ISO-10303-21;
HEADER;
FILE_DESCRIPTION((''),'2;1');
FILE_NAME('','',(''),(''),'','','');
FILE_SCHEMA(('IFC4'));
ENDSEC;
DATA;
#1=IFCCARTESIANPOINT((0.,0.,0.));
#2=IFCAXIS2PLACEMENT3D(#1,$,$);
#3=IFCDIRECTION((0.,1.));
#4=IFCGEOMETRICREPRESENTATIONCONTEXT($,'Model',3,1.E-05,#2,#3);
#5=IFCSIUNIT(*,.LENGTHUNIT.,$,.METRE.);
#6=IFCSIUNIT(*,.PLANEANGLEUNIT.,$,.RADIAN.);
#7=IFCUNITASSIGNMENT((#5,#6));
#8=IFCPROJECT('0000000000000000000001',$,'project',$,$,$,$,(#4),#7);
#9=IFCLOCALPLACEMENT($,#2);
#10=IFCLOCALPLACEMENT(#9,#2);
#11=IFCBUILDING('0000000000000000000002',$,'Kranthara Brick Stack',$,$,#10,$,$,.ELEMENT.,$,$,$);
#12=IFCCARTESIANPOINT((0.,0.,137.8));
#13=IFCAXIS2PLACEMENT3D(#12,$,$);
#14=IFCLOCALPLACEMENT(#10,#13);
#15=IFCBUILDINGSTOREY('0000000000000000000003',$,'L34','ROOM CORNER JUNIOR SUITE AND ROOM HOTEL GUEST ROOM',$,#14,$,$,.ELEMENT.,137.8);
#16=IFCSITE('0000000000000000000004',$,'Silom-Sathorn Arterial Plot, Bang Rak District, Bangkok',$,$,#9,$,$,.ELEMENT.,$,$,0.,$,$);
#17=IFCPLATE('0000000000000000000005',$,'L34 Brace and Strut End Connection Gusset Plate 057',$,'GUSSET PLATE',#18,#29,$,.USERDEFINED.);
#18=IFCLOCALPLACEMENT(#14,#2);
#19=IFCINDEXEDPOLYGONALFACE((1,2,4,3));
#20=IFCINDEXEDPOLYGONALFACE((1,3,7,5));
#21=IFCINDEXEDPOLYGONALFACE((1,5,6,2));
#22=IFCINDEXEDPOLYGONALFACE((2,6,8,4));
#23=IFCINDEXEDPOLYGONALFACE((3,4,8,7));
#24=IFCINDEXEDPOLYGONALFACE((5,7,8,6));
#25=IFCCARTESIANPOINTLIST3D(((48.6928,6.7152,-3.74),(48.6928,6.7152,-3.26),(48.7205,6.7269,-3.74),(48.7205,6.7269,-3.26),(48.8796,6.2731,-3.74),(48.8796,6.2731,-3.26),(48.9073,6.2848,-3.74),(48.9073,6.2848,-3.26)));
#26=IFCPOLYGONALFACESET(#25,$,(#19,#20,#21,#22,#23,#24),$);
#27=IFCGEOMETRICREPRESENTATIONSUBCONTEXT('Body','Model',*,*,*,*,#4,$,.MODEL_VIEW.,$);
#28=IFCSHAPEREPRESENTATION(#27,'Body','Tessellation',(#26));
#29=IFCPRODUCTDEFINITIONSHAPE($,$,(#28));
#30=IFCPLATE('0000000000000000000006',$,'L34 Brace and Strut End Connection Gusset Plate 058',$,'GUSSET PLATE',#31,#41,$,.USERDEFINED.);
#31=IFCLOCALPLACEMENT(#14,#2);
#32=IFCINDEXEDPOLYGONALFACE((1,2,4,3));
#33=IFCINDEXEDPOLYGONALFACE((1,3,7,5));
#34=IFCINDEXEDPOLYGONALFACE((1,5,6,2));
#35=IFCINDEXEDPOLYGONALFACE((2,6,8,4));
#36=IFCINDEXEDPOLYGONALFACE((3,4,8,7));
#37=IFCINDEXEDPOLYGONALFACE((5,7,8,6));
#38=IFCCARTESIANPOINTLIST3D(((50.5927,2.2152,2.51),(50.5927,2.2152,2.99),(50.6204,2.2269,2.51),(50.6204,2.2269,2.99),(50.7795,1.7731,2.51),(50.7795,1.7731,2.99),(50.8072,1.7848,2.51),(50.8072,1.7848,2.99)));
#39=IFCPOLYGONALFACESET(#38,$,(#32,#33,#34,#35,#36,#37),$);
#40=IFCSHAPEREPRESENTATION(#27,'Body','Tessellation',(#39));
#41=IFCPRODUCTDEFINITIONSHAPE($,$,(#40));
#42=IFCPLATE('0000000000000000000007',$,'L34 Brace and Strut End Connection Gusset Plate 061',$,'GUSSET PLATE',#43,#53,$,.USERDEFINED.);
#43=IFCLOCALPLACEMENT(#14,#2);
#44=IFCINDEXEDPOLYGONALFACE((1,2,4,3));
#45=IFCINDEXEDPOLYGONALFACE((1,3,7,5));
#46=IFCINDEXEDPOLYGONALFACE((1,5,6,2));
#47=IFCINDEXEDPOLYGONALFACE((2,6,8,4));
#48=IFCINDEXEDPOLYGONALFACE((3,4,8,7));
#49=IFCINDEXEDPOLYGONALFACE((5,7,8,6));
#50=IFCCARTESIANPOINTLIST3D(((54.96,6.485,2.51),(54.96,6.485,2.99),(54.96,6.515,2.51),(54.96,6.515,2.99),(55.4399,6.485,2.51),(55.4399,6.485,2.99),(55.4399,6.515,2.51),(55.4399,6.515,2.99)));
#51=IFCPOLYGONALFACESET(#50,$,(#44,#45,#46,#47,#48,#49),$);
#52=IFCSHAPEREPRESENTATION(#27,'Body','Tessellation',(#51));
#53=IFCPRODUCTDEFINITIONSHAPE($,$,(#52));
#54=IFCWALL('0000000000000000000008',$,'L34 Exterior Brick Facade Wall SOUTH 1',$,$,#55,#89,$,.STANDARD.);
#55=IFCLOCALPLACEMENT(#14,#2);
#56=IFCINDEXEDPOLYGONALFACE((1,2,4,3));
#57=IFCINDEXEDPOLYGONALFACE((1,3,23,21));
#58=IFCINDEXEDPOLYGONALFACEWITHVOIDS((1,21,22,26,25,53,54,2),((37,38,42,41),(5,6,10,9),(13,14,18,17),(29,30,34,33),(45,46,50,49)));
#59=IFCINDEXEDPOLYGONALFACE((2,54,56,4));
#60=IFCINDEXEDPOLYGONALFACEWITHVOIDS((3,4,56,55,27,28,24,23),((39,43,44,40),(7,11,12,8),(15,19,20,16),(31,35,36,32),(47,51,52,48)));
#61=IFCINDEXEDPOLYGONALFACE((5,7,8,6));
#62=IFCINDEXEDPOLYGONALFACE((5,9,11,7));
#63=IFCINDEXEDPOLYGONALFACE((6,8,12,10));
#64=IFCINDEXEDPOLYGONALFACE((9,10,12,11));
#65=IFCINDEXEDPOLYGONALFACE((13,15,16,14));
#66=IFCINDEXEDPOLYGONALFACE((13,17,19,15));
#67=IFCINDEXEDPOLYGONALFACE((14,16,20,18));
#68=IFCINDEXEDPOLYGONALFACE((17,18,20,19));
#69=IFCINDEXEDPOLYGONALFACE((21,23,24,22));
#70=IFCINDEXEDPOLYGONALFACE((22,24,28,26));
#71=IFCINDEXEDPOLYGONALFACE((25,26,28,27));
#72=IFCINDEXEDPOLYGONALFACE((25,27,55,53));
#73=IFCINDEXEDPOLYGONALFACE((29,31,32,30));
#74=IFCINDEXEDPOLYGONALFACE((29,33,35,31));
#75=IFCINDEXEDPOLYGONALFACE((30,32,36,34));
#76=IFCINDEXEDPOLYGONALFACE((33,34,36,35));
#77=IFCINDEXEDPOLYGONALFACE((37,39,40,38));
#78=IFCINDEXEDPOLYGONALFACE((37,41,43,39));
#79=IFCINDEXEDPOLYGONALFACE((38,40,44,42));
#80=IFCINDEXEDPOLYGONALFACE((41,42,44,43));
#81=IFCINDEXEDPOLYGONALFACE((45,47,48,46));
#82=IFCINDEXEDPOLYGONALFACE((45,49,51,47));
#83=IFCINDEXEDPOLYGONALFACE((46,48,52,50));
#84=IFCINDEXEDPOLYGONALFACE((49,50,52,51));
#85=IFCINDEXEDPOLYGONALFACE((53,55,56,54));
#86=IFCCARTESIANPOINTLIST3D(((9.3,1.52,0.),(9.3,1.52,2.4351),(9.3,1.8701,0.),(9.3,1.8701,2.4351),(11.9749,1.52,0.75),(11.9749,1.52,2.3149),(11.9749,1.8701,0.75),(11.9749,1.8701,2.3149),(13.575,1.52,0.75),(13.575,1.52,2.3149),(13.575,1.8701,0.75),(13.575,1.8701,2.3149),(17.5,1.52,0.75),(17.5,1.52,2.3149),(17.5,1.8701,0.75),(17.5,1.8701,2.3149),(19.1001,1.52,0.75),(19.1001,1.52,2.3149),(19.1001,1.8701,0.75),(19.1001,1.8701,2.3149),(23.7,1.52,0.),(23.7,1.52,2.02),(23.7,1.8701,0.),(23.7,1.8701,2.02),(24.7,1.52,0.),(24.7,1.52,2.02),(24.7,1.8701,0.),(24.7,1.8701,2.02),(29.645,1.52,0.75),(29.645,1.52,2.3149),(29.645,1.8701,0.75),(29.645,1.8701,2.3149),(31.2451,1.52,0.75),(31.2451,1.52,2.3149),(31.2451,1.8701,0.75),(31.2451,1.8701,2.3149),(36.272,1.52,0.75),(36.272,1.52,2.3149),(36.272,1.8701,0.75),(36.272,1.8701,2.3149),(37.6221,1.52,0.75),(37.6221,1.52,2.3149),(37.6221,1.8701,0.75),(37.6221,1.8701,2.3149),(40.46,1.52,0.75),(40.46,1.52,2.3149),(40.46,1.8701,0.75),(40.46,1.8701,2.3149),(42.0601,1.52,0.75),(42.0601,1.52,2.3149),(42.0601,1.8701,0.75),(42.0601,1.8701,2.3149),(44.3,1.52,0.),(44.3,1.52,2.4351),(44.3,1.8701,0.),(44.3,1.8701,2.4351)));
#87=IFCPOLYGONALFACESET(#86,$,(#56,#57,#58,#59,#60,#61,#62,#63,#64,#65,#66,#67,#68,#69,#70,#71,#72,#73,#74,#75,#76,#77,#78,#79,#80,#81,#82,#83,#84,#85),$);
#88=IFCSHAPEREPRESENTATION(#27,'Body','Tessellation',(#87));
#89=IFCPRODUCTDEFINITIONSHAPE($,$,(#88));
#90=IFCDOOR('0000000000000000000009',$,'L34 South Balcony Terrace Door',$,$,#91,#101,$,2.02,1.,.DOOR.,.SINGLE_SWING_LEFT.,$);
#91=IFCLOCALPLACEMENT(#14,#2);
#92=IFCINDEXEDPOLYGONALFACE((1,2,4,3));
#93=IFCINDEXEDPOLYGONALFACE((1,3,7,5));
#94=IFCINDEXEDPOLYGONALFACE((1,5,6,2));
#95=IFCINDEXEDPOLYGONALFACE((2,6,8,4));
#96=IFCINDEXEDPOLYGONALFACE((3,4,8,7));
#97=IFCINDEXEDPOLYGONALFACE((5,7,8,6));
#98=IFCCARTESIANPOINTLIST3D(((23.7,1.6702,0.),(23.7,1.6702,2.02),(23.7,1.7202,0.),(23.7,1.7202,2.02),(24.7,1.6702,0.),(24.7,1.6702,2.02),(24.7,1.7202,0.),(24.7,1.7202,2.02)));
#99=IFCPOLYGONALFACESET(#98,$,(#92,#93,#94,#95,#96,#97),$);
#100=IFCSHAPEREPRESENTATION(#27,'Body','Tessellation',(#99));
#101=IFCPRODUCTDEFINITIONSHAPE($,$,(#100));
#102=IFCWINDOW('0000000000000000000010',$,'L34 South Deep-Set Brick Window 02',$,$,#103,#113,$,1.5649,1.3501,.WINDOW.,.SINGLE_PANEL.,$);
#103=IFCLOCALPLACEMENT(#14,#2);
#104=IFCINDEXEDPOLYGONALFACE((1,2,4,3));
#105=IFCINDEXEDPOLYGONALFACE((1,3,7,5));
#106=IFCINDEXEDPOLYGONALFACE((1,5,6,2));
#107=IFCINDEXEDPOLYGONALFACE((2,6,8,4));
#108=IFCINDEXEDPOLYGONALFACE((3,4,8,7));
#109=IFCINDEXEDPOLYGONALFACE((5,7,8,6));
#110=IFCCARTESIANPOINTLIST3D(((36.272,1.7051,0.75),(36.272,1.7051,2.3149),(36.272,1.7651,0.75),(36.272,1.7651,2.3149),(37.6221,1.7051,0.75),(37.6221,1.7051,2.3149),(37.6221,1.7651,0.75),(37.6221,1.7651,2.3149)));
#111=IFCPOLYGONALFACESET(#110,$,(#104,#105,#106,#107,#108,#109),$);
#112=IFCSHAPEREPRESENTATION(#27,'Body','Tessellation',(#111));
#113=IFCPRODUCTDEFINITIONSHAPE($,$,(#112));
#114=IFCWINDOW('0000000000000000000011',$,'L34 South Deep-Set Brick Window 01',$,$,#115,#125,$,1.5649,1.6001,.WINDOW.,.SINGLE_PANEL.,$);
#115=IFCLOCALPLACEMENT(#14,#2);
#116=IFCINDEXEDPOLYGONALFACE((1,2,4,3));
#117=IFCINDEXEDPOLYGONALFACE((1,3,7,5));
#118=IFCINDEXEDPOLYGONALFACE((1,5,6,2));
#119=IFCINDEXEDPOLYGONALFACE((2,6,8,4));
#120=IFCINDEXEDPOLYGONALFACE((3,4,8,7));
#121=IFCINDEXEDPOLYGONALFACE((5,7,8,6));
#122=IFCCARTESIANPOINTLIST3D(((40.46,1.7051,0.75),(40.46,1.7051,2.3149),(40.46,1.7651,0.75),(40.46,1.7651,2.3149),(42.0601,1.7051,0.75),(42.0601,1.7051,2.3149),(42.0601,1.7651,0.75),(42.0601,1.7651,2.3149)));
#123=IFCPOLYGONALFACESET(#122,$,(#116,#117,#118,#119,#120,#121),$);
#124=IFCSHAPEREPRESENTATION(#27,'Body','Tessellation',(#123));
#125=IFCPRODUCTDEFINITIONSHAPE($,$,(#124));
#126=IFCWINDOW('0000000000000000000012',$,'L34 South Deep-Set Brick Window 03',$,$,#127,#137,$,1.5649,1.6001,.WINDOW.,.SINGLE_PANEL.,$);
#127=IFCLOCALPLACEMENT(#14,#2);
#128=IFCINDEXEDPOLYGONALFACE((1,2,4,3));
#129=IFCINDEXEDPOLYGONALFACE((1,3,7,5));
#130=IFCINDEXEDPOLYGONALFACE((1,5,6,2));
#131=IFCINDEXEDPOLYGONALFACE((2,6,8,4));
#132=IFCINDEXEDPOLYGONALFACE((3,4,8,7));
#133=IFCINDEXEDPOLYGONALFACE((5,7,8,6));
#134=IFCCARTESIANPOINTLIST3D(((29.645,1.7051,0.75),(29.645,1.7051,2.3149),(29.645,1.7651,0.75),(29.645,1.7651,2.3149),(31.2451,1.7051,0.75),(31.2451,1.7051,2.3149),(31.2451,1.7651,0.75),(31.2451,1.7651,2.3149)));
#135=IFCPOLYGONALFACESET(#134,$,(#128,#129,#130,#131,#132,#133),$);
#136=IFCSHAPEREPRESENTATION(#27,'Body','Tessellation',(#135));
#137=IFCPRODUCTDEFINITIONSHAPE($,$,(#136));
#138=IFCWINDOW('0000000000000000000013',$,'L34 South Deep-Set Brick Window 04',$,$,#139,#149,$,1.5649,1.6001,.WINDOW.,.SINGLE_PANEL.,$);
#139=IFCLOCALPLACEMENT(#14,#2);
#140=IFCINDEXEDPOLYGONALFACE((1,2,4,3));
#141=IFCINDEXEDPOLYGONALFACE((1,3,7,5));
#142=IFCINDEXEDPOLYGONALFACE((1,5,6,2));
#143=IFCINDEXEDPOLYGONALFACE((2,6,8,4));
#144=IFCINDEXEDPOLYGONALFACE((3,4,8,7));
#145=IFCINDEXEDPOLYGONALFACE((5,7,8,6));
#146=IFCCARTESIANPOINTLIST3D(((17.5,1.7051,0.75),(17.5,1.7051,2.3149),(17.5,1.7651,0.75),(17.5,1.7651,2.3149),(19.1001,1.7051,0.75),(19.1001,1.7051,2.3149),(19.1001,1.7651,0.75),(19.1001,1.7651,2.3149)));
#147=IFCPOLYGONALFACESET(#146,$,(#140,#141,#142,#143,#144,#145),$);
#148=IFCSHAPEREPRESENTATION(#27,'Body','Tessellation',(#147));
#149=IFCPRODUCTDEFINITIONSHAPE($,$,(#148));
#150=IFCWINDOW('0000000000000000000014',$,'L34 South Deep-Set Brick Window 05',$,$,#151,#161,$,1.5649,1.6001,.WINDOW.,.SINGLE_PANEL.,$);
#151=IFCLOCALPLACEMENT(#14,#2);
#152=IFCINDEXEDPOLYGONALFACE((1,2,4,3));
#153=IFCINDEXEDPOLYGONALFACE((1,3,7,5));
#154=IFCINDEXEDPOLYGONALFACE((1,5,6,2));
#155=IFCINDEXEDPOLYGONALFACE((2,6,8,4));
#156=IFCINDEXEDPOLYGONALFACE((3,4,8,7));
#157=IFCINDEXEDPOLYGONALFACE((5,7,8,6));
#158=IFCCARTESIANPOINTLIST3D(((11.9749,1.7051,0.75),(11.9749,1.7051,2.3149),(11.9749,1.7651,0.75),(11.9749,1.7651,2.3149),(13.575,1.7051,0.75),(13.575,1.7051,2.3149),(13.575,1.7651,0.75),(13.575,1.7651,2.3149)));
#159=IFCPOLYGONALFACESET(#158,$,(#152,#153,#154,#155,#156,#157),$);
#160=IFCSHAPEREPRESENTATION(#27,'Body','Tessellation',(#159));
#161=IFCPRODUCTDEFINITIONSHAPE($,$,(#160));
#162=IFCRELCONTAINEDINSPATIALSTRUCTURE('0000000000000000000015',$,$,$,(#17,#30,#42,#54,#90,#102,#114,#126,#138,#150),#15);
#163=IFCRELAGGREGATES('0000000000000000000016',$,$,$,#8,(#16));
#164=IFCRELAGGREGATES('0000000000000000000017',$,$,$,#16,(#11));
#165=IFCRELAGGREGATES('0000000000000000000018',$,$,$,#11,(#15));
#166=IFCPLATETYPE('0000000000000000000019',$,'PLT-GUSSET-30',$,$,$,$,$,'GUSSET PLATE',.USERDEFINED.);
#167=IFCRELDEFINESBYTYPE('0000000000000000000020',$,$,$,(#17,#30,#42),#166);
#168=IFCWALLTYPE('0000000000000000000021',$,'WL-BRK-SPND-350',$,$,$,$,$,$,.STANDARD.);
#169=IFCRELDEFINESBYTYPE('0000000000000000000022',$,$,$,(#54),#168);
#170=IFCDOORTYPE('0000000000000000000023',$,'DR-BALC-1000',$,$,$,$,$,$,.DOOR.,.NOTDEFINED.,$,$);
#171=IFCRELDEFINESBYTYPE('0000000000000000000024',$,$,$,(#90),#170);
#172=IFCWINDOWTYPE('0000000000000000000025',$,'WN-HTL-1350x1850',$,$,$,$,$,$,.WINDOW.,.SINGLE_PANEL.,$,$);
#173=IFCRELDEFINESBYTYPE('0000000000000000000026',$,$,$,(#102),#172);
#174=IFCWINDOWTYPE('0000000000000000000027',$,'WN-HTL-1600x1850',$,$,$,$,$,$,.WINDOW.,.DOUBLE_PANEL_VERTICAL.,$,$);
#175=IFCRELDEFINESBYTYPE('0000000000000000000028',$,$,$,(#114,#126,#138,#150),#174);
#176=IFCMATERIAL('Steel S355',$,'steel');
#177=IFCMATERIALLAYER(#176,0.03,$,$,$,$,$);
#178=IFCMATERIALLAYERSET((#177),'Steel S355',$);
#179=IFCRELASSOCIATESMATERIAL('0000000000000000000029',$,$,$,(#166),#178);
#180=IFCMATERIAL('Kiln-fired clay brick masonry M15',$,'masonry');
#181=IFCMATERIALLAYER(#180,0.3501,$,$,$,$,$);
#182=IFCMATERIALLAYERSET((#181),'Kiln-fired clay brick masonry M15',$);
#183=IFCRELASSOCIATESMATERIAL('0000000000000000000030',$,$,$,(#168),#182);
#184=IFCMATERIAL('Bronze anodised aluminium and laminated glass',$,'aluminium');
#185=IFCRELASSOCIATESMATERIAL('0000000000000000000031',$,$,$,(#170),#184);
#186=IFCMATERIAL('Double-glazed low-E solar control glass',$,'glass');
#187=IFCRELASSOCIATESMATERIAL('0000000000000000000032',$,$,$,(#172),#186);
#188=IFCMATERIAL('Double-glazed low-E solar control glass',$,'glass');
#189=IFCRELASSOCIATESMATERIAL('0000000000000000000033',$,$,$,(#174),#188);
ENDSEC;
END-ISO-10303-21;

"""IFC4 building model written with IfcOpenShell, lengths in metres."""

from ifc_helpers import new_model, si_unit, direction, frame, frame_2d, origin, origin_2d, place, context, subcontext, project, spatial, rectangle, extrude, material, layer, layer_set, type_object, element, fill, save


model = new_model("IFC4")

# Units and contexts
model_context = context("Model", 3, precision=1e-05, world=origin(), true_north=direction((0.0, 1.0)))
body_context = subcontext(model_context, "Body", "Model", "MODEL_VIEW")
ifc_project = project(units=[si_unit("LENGTHUNIT", "METRE"), si_unit("PLANEANGLEUNIT", "RADIAN")], contexts=[model_context])

# Site, building, storey
site_placement = place(None, origin())
site = spatial("IfcSite", under=ifc_project, at=site_placement, Name="Silom-Sathorn Arterial Plot, Bang Rak District, Bangkok", CompositionType="ELEMENT", RefElevation=0.0)
building_placement = place(site_placement, origin())
building = spatial("IfcBuilding", under=site, at=building_placement, Name="Kranthara Brick Stack", CompositionType="ELEMENT")
storey_placement = place(building_placement, frame((0.0, 0.0, 137.8)))
storey = spatial("IfcBuildingStorey", under=building, at=storey_placement, Name="L34", Description="ROOM CORNER JUNIOR SUITE AND ROOM HOTEL GUEST ROOM", CompositionType="ELEMENT", Elevation=137.8)

# Plates
ifc_material_1 = material(Name="Steel S355", Category="steel")
ifc_layer_1 = layer(ifc_material_1, 0.03)
ifc_layer_set_1 = layer_set([ifc_layer_1], Name="Steel S355")
plate_type = type_object("IfcPlateType", Name="PLT-GUSSET-30", ElementType="GUSSET PLATE", PredefinedType="USERDEFINED", material=ifc_layer_set_1)
for number, where, z_axis, x_axis, name in (
    (1, (48.8, 6.5, -3.74), (0.0, 0.0, 1.0), (-0.389124, 0.921185, 0.0), "L34 Brace and Strut End Connection Gusset Plate 057"),
    (2, (50.7, 2.0, 2.51), (0.0, 0.0, 1.0), (-0.389124, 0.921185, 0.0), "L34 Brace and Strut End Connection Gusset Plate 058"),
    (3, (55.2, 6.5, 2.51), (0.0, 0.0, 1.0), (1.0, 0.0, 0.0), "L34 Brace and Strut End Connection Gusset Plate 061"),
):
    element("IfcPlate", number, at=place(storey_placement, frame(where, z_axis=z_axis, x_axis=x_axis)), inside=storey, type_object=plate_type, Name=name, ObjectType="GUSSET PLATE", PredefinedType="USERDEFINED", context=body_context, shape_type="SweptSolid", body=[
        extrude(rectangle(XDim=0.48, YDim=0.03, at=origin_2d()), origin(), (0.0, 0.0, 1.0), 0.48),
    ])

# Wall, openings, door, windows
ifc_material_2 = material(Name="Kiln-fired clay brick masonry M15", Category="masonry")
ifc_layer_2 = layer(ifc_material_2, 0.3501)
ifc_layer_set_2 = layer_set([ifc_layer_2], Name="Kiln-fired clay brick masonry M15")
wall_type_1 = type_object("IfcWallType", Name="WL-BRK-SPND-350", PredefinedType="STANDARD", material=ifc_layer_set_2)
wall_1_placement = place(storey_placement, frame((44.3, 1.6951, 0.0), z_axis=(0.0, 0.0, 1.0), x_axis=(-1.0, 0.0, 0.0)))
wall_1 = element("IfcWall", 4, at=wall_1_placement, inside=storey, type_object=wall_type_1, Name="L34 Exterior Brick Facade Wall SOUTH 1", PredefinedType="STANDARD", context=body_context, shape_type="SweptSolid", body=[
    extrude(rectangle(XDim=35.0, YDim=0.3501, at=frame_2d((17.5, 0.0))), origin(), (0.0, 0.0, 1.0), 2.4351),
])
opening_1_placement = place(wall_1_placement, frame((19.6001, 0.0, 0.0)))
opening_1 = element("IfcOpeningElement", 5, at=opening_1_placement, cuts=wall_1, PredefinedType="OPENING", context=body_context, shape_type="SweptSolid", body=[
    extrude(rectangle(XDim=1.0, YDim=2.02, at=frame_2d((0.5, 1.01))), frame((0.0, 0.1851, 0.0), z_axis=(0.0, -1.0, 0.0), x_axis=(1.0, 0.0, 0.0)), (0.0, 0.0, 1.0), 0.3701),
])
opening_2_placement = place(wall_1_placement, frame((2.24, 0.0, 0.75)))
opening_2 = element("IfcOpeningElement", 6, at=opening_2_placement, cuts=wall_1, PredefinedType="OPENING", context=body_context, shape_type="SweptSolid", body=[
    extrude(rectangle(XDim=1.6001, YDim=1.5649, at=frame_2d((0.8, 0.7825))), frame((0.0, 0.1851, 0.0), z_axis=(0.0, -1.0, 0.0), x_axis=(1.0, 0.0, 0.0)), (0.0, 0.0, 1.0), 0.3701),
])
opening_3_placement = place(wall_1_placement, frame((6.678, 0.0, 0.75)))
opening_3 = element("IfcOpeningElement", 7, at=opening_3_placement, cuts=wall_1, PredefinedType="OPENING", context=body_context, shape_type="SweptSolid", body=[
    extrude(rectangle(XDim=1.3501, YDim=1.5649, at=frame_2d((0.675, 0.7825))), frame((0.0, 0.1851, 0.0), z_axis=(0.0, -1.0, 0.0), x_axis=(1.0, 0.0, 0.0)), (0.0, 0.0, 1.0), 0.3701),
])
opening_4_placement = place(wall_1_placement, frame((13.0549, 0.0, 0.75)))
opening_4 = element("IfcOpeningElement", 8, at=opening_4_placement, cuts=wall_1, PredefinedType="OPENING", context=body_context, shape_type="SweptSolid", body=[
    extrude(rectangle(XDim=1.6001, YDim=1.5649, at=frame_2d((0.8, 0.7825))), frame((0.0, 0.1851, 0.0), z_axis=(0.0, -1.0, 0.0), x_axis=(1.0, 0.0, 0.0)), (0.0, 0.0, 1.0), 0.3701),
])
opening_5_placement = place(wall_1_placement, frame((25.2, 0.0, 0.75)))
opening_5 = element("IfcOpeningElement", 9, at=opening_5_placement, cuts=wall_1, PredefinedType="OPENING", context=body_context, shape_type="SweptSolid", body=[
    extrude(rectangle(XDim=1.6001, YDim=1.5649, at=frame_2d((0.8, 0.7825))), frame((0.0, 0.1851, 0.0), z_axis=(0.0, -1.0, 0.0), x_axis=(1.0, 0.0, 0.0)), (0.0, 0.0, 1.0), 0.3701),
])
opening_6_placement = place(wall_1_placement, frame((30.7251, 0.0, 0.75)))
opening_6 = element("IfcOpeningElement", 10, at=opening_6_placement, cuts=wall_1, PredefinedType="OPENING", context=body_context, shape_type="SweptSolid", body=[
    extrude(rectangle(XDim=1.6001, YDim=1.5649, at=frame_2d((0.8, 0.7825))), frame((0.0, 0.1851, 0.0), z_axis=(0.0, -1.0, 0.0), x_axis=(1.0, 0.0, 0.0)), (0.0, 0.0, 1.0), 0.3701),
])
ifc_material_3 = material(Name="Bronze anodised aluminium and laminated glass", Category="aluminium")
door_type_1 = type_object("IfcDoorType", Name="DR-BALC-1000", OperationType="NOTDEFINED", PredefinedType="DOOR", material=ifc_material_3)
door_1_placement = place(opening_1_placement, origin())
door_1 = element("IfcDoor", 11, at=door_1_placement, inside=storey, type_object=door_type_1, Name="L34 South Balcony Terrace Door", OperationType="SINGLE_SWING_LEFT", OverallHeight=2.02, OverallWidth=1.0, PredefinedType="DOOR", context=body_context, shape_type="SweptSolid", body=[
    extrude(rectangle(XDim=1.0, YDim=2.02, at=frame_2d((0.5, 1.01))), frame((0.0, 0.0249, 0.0), z_axis=(0.0, -1.0, 0.0), x_axis=(1.0, 0.0, 0.0)), (0.0, 0.0, 1.0), 0.05),
])
fill(opening_1, door_1)
ifc_material_4 = material(Name="Double-glazed low-E solar control glass", Category="glass")
window_type_1 = type_object("IfcWindowType", Name="WN-HTL-1350x1850", PartitioningType="SINGLE_PANEL", PredefinedType="WINDOW", material=ifc_material_4)
window_1_placement = place(opening_3_placement, origin())
window_1 = element("IfcWindow", 12, at=window_1_placement, inside=storey, type_object=window_type_1, Name="L34 South Deep-Set Brick Window 02", OverallHeight=1.5649, OverallWidth=1.3501, PartitioningType="SINGLE_PANEL", PredefinedType="WINDOW", context=body_context, shape_type="SweptSolid", body=[
    extrude(rectangle(XDim=1.3501, YDim=1.5649, at=frame_2d((0.675, 0.7825))), frame((0.0, -0.01, 0.0), z_axis=(0.0, -1.0, 0.0), x_axis=(1.0, 0.0, 0.0)), (0.0, 0.0, 1.0), 0.0601),
])
fill(opening_3, window_1)
ifc_material_5 = material(Name="Double-glazed low-E solar control glass", Category="glass")
window_type_2 = type_object("IfcWindowType", Name="WN-HTL-1600x1850", PartitioningType="DOUBLE_PANEL_VERTICAL", PredefinedType="WINDOW", material=ifc_material_5)
window_2_placement = place(opening_2_placement, origin())
window_2 = element("IfcWindow", 13, at=window_2_placement, inside=storey, type_object=window_type_2, Name="L34 South Deep-Set Brick Window 01", OverallHeight=1.5649, OverallWidth=1.6001, PartitioningType="SINGLE_PANEL", PredefinedType="WINDOW", context=body_context, shape_type="SweptSolid", body=[
    extrude(rectangle(XDim=1.6001, YDim=1.5649, at=frame_2d((0.8, 0.7825))), frame((0.0, -0.01, 0.0), z_axis=(0.0, -1.0, 0.0), x_axis=(1.0, 0.0, 0.0)), (0.0, 0.0, 1.0), 0.0601),
])
fill(opening_2, window_2)
window_3_placement = place(opening_4_placement, origin())
window_3 = element("IfcWindow", 14, at=window_3_placement, inside=storey, type_object=window_type_2, Name="L34 South Deep-Set Brick Window 03", OverallHeight=1.5649, OverallWidth=1.6001, PartitioningType="SINGLE_PANEL", PredefinedType="WINDOW", context=body_context, shape_type="SweptSolid", body=[
    extrude(rectangle(XDim=1.6001, YDim=1.5649, at=frame_2d((0.8, 0.7825))), frame((0.0, -0.01, 0.0), z_axis=(0.0, -1.0, 0.0), x_axis=(1.0, 0.0, 0.0)), (0.0, 0.0, 1.0), 0.0601),
])
fill(opening_4, window_3)
window_4_placement = place(opening_5_placement, origin())
window_4 = element("IfcWindow", 15, at=window_4_placement, inside=storey, type_object=window_type_2, Name="L34 South Deep-Set Brick Window 04", OverallHeight=1.5649, OverallWidth=1.6001, PartitioningType="SINGLE_PANEL", PredefinedType="WINDOW", context=body_context, shape_type="SweptSolid", body=[
    extrude(rectangle(XDim=1.6001, YDim=1.5649, at=frame_2d((0.8, 0.7825))), frame((0.0, -0.01, 0.0), z_axis=(0.0, -1.0, 0.0), x_axis=(1.0, 0.0, 0.0)), (0.0, 0.0, 1.0), 0.0601),
])
fill(opening_5, window_4)
window_5_placement = place(opening_6_placement, origin())
window_5 = element("IfcWindow", 16, at=window_5_placement, inside=storey, type_object=window_type_2, Name="L34 South Deep-Set Brick Window 05", OverallHeight=1.5649, OverallWidth=1.6001, PartitioningType="SINGLE_PANEL", PredefinedType="WINDOW", context=body_context, shape_type="SweptSolid", body=[
    extrude(rectangle(XDim=1.6001, YDim=1.5649, at=frame_2d((0.8, 0.7825))), frame((0.0, -0.01, 0.0), z_axis=(0.0, -1.0, 0.0), x_axis=(1.0, 0.0, 0.0)), (0.0, 0.0, 1.0), 0.0601),
])
fill(opening_6, window_5)

save(model, "model.ifc")
